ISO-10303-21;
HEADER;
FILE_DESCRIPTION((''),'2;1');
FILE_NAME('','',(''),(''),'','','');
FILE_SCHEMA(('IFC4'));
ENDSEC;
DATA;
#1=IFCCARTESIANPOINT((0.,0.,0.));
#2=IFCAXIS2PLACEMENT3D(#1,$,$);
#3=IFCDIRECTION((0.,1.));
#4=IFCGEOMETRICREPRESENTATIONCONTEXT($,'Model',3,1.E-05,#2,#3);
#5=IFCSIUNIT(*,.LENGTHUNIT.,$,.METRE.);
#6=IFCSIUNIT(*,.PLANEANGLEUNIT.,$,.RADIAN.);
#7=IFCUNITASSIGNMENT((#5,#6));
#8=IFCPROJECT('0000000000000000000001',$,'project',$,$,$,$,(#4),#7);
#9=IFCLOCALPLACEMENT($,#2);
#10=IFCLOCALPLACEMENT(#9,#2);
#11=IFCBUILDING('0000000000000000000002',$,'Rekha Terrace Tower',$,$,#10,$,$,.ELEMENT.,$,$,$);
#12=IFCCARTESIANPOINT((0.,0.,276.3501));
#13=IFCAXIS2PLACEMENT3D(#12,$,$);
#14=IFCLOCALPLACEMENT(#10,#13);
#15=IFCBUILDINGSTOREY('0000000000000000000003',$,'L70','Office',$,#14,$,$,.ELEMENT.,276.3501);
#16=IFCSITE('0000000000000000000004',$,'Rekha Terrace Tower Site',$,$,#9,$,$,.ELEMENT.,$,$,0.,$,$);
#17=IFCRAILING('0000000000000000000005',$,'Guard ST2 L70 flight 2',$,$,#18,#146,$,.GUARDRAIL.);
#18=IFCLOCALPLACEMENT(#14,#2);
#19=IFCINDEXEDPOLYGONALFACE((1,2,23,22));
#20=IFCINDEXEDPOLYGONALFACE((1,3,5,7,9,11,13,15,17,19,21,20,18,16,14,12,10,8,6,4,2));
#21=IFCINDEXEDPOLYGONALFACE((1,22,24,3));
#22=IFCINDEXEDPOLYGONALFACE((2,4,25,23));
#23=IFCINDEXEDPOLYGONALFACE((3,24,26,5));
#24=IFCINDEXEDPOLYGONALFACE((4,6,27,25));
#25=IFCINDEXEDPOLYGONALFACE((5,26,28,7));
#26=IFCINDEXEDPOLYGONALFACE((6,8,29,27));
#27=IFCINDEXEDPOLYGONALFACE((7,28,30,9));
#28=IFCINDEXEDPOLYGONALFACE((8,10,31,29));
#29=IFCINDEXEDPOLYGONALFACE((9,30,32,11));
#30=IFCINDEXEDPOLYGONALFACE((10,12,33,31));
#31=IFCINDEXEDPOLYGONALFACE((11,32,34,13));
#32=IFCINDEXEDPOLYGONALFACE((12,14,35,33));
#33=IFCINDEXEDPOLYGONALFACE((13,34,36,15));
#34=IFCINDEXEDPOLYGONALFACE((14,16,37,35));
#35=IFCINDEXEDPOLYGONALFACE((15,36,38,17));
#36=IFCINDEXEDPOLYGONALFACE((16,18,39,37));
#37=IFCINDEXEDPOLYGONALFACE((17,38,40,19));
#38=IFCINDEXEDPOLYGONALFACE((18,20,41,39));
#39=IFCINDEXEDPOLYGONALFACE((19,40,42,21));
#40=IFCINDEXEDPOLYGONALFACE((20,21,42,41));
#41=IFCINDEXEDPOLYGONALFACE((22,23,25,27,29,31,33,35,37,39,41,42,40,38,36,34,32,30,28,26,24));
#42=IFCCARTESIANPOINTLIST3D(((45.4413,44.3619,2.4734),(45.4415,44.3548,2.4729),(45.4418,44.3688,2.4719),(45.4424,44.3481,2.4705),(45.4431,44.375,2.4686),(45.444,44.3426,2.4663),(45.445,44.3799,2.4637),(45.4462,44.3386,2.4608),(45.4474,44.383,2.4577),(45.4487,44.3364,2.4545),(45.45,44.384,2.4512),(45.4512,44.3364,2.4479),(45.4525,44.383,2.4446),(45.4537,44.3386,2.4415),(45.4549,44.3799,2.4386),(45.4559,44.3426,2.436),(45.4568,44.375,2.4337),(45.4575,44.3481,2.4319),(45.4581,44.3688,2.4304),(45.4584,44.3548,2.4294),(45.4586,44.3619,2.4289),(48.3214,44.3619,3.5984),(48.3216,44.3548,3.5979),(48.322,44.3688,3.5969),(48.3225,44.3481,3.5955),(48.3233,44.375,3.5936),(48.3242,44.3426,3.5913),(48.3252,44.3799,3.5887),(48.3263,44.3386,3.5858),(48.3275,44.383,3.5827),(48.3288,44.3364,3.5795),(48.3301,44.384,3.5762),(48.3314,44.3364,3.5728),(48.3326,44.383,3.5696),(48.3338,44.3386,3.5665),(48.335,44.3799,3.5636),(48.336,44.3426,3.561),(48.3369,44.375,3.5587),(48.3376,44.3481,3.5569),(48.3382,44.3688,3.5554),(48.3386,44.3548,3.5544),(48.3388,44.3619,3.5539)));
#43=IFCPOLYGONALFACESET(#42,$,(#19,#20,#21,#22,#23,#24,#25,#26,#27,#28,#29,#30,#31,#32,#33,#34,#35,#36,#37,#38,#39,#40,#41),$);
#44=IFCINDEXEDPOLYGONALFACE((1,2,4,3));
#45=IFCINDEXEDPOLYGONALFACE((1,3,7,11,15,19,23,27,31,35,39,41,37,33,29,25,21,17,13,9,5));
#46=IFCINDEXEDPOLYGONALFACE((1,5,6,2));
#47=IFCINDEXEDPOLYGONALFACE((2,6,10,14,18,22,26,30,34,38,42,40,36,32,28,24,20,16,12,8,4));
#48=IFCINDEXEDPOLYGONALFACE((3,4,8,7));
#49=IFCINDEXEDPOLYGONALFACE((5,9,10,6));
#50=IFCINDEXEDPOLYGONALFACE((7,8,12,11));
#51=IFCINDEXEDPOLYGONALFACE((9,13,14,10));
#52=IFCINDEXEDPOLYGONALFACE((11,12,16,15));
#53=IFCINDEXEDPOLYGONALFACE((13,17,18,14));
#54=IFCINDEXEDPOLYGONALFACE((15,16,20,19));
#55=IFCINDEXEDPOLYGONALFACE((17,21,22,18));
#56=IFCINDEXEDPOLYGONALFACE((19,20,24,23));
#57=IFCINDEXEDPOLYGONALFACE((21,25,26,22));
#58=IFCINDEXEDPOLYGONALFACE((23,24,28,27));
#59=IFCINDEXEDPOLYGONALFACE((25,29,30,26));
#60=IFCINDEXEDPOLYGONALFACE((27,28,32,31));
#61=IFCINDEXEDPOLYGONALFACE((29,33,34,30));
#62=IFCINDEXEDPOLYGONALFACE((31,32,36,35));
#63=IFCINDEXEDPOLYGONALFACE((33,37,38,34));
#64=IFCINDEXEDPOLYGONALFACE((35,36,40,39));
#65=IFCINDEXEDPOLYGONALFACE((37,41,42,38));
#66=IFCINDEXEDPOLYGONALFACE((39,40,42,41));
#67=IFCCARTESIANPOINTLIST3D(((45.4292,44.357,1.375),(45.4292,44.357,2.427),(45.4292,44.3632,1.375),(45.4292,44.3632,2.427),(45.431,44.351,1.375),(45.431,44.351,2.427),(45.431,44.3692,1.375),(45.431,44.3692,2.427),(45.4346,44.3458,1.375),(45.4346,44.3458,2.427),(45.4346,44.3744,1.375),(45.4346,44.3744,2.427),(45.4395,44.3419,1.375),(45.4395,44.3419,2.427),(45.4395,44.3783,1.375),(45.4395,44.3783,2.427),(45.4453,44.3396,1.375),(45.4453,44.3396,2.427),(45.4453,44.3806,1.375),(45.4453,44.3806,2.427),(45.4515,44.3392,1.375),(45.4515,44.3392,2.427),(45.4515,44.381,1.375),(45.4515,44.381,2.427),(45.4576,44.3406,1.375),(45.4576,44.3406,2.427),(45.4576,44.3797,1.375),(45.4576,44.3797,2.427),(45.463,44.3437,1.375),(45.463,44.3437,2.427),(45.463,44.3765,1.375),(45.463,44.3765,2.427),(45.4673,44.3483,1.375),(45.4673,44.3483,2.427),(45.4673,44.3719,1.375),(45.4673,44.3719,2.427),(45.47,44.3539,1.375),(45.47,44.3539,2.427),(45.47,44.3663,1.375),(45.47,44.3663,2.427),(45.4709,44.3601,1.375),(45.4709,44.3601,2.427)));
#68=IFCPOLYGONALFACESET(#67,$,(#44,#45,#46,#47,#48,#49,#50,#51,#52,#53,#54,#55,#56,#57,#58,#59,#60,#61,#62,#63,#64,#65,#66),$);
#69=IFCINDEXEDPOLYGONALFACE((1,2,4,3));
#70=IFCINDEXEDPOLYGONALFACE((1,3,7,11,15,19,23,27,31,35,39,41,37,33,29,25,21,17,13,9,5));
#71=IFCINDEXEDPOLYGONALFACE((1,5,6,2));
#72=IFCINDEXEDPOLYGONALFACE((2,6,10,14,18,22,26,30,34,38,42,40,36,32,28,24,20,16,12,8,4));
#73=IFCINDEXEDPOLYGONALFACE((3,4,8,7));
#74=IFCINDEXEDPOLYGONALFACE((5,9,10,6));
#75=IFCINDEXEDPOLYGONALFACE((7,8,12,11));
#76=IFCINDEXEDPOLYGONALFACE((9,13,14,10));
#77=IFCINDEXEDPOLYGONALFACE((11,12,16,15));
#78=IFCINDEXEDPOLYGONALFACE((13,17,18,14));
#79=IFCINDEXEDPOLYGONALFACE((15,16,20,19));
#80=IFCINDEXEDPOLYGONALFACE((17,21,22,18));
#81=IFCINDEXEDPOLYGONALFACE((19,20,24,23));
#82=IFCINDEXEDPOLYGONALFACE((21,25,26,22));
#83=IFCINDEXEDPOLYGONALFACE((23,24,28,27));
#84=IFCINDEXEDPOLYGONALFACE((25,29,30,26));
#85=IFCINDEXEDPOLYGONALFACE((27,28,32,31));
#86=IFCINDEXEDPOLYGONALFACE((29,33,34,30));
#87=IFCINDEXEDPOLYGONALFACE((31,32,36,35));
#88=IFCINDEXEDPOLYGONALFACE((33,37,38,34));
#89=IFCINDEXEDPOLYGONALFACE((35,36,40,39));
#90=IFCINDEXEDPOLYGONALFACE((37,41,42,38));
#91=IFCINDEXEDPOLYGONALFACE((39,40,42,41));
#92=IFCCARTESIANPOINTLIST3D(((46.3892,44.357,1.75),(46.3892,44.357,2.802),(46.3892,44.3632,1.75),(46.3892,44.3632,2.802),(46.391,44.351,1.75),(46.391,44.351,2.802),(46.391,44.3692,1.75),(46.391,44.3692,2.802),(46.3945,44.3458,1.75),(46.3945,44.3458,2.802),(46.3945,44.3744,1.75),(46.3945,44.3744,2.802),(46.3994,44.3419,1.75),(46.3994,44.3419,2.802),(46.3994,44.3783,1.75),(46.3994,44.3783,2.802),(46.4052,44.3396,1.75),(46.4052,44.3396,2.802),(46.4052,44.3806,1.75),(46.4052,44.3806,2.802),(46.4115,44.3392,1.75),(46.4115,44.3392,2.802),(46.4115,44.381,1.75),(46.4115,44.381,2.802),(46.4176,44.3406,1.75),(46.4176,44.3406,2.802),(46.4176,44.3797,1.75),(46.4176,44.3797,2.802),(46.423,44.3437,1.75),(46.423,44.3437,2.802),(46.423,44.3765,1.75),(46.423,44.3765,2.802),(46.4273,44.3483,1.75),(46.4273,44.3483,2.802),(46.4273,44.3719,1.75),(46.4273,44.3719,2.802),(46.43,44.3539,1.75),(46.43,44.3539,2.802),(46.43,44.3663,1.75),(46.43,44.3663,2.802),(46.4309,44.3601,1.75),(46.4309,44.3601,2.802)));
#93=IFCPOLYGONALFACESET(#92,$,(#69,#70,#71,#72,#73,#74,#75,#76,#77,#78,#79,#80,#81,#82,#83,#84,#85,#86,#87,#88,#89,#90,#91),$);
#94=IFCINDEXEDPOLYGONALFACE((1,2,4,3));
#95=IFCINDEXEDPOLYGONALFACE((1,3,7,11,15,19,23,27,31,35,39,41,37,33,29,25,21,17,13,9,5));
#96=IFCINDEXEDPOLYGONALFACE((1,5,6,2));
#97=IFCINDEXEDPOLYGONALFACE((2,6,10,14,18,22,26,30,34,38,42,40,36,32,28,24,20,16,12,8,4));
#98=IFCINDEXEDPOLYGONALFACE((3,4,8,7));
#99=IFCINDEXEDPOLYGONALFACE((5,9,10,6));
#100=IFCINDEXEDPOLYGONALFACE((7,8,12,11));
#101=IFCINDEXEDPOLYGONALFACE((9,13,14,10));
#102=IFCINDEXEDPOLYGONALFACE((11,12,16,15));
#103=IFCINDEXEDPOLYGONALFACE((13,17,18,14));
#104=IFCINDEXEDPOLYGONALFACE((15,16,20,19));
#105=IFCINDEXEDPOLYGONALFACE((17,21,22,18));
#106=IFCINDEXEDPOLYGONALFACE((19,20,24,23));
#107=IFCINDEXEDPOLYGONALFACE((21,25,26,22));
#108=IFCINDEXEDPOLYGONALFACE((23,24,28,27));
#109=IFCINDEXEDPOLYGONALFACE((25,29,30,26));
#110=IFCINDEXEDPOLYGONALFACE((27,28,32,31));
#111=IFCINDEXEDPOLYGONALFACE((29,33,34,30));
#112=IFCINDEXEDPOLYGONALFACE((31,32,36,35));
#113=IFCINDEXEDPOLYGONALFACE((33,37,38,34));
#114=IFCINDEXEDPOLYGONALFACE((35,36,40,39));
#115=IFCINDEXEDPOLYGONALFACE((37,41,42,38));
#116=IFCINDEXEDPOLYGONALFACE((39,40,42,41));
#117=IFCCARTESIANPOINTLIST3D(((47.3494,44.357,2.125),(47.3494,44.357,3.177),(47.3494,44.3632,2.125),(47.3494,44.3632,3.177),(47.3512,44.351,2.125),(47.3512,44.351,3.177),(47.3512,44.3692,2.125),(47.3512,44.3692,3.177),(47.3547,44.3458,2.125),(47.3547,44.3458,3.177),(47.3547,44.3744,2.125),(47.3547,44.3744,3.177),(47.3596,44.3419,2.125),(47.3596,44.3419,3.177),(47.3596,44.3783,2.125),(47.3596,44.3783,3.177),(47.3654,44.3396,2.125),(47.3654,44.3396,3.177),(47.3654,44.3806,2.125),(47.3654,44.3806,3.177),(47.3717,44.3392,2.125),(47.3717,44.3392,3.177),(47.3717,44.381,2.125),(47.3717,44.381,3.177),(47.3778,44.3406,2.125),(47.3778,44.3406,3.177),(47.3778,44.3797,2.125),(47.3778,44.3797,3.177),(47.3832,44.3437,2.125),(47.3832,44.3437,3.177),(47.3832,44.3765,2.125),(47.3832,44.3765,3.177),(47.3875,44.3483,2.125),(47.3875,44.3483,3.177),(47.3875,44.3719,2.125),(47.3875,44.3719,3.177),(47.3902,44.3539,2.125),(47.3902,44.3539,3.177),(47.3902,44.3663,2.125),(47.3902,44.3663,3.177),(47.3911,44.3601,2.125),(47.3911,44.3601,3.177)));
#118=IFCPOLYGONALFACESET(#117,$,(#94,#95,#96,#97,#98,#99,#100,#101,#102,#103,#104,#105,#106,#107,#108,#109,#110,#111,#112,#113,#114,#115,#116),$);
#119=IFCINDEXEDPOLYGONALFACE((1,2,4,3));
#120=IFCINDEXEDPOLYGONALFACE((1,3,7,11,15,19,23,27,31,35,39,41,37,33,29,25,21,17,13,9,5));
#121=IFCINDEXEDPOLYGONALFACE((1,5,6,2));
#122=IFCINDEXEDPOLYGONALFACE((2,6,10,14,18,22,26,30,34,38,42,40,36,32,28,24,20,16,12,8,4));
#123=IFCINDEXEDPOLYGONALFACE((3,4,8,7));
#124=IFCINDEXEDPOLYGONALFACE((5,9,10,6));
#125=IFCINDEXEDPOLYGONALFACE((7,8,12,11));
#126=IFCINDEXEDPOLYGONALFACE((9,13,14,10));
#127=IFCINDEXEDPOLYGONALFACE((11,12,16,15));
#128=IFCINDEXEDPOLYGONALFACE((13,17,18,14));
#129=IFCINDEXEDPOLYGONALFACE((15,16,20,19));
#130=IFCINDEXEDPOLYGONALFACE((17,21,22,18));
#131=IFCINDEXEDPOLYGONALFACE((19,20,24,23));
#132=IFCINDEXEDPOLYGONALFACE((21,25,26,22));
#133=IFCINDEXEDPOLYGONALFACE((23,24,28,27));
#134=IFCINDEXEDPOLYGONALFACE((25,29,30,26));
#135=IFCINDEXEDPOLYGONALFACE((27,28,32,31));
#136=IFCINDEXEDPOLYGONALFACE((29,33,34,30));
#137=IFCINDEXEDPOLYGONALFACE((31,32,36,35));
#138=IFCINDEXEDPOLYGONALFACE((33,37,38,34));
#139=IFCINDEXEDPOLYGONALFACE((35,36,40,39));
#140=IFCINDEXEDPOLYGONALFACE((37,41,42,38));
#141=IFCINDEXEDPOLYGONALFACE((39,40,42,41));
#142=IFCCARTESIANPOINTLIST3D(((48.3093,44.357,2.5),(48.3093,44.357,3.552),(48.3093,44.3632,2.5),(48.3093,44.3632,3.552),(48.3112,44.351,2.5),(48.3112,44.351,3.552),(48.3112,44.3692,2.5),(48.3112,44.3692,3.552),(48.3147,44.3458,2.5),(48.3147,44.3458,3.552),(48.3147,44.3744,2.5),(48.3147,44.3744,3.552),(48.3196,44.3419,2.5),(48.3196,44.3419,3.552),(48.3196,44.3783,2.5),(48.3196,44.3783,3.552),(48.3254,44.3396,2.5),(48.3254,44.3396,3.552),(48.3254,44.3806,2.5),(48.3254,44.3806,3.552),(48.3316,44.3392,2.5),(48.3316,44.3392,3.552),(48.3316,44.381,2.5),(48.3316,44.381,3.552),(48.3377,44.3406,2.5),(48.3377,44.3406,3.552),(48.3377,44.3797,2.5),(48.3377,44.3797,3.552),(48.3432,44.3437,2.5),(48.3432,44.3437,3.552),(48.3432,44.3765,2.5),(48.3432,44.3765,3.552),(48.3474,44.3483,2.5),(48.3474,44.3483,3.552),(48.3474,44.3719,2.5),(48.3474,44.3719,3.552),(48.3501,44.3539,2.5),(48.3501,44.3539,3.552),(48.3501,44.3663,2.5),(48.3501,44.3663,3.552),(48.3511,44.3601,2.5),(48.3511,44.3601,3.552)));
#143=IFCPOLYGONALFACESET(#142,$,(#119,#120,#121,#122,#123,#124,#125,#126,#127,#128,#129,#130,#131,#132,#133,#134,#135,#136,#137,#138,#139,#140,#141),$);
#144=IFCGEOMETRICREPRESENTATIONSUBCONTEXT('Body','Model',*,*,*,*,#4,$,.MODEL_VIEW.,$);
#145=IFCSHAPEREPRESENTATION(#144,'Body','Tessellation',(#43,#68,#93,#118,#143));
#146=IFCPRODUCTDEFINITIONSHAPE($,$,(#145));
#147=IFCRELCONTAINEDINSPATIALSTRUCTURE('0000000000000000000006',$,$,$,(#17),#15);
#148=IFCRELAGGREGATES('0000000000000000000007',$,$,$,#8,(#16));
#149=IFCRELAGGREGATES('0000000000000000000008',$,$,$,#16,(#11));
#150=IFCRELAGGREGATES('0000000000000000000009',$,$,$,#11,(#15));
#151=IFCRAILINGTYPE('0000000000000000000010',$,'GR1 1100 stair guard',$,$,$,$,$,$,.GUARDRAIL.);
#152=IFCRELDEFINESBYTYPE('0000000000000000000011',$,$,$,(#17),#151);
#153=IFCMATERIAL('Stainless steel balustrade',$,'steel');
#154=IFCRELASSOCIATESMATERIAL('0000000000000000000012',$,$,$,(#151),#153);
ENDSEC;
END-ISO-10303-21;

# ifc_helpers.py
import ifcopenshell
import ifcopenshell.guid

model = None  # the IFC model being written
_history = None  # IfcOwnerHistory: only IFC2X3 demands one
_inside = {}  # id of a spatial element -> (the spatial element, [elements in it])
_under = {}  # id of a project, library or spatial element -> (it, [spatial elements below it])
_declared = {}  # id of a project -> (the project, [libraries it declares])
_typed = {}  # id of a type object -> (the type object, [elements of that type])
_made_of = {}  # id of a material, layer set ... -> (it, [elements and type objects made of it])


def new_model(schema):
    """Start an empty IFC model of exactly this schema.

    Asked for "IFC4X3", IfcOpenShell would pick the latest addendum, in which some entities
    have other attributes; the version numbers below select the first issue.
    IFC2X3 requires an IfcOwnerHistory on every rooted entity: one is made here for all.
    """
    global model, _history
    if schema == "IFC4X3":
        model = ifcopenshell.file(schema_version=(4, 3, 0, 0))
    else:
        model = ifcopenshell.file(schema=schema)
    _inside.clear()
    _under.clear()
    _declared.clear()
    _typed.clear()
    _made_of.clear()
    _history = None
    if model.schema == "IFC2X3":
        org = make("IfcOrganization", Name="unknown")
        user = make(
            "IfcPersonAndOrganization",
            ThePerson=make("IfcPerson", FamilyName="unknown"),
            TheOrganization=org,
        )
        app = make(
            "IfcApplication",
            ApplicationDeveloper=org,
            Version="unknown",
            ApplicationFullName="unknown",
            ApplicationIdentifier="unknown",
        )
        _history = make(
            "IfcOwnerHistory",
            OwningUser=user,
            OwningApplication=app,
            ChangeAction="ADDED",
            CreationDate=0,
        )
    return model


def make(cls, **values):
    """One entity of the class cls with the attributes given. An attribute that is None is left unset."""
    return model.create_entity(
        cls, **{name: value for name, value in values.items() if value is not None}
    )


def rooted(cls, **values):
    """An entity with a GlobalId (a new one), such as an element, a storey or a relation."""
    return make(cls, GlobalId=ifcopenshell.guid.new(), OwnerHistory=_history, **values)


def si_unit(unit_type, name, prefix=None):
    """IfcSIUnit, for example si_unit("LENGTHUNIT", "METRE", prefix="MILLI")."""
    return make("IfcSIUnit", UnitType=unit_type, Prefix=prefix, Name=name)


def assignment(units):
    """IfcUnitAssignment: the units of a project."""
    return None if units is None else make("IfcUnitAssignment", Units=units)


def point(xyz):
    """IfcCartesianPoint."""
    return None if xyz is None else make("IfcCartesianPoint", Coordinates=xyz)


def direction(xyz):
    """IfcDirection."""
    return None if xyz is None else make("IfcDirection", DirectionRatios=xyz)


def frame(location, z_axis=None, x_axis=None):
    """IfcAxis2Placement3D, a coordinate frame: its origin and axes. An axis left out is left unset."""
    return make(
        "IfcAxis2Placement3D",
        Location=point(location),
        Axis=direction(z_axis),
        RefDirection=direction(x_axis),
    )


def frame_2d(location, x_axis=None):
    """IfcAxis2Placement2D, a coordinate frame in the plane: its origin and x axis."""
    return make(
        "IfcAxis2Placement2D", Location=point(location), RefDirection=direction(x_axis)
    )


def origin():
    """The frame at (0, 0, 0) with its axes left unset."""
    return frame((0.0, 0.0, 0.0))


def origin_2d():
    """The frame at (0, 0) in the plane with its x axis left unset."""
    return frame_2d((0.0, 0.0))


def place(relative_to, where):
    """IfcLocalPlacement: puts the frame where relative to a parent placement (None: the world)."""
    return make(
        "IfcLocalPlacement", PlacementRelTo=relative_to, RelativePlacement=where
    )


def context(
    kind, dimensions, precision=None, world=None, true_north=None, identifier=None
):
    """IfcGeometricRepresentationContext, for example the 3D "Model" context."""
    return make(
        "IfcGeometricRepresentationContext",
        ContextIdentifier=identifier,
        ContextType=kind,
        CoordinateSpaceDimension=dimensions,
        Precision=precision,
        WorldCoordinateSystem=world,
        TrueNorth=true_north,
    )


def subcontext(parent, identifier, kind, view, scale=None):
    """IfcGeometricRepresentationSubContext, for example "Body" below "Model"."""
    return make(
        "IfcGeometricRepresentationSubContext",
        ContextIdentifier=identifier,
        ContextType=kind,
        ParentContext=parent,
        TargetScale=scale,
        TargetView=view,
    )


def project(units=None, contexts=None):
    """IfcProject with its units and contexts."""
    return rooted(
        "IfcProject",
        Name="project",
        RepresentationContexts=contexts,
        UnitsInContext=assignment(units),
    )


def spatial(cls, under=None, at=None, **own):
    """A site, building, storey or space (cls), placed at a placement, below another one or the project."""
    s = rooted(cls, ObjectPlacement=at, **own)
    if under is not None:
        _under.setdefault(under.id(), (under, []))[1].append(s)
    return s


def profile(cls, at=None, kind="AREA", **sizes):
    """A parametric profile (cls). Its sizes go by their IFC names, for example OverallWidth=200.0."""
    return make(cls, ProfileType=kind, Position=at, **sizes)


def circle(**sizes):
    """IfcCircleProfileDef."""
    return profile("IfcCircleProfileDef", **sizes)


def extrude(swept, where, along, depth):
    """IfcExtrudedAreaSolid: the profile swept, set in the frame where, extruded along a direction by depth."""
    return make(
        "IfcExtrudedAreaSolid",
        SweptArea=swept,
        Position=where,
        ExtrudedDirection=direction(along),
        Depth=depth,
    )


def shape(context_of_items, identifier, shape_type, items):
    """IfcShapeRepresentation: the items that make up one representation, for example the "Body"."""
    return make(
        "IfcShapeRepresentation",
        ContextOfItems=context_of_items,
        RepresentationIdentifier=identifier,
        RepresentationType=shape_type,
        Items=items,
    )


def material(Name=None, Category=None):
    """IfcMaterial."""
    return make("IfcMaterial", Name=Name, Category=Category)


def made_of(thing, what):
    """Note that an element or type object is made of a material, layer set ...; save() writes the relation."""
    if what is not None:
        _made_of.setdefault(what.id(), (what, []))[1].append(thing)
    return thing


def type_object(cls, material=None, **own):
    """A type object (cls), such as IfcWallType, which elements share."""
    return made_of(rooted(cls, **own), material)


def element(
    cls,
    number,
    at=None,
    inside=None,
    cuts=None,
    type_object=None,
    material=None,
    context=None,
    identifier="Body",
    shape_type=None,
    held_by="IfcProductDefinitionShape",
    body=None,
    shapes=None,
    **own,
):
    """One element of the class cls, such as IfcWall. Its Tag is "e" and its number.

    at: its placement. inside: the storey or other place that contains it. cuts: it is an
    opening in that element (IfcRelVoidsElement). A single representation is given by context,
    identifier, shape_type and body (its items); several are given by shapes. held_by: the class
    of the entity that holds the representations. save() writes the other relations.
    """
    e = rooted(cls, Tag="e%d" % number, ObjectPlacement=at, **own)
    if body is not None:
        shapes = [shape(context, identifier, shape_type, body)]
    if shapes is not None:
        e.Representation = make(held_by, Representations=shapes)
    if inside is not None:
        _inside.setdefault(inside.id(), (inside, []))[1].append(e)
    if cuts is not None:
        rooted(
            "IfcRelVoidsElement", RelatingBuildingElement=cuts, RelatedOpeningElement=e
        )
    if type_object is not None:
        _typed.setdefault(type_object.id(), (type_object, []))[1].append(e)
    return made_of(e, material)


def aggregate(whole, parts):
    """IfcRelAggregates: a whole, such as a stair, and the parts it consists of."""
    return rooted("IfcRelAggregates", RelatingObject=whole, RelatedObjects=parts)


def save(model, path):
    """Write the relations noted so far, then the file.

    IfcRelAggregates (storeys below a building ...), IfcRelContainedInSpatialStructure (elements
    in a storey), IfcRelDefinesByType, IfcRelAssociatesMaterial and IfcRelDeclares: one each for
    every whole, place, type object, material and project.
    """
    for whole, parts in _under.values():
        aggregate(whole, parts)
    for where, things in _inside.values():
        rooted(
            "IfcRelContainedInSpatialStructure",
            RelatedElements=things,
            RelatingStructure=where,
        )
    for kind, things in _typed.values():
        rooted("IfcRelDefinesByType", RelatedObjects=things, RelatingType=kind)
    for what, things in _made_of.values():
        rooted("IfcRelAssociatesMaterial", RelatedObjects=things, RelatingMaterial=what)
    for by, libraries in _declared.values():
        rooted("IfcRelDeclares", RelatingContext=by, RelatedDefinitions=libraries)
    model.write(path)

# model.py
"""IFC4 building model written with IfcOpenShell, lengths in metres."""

from ifc_helpers import new_model, si_unit, direction, frame, origin, origin_2d, place, context, subcontext, project, spatial, circle, extrude, material, type_object, element, save


model = new_model("IFC4")

# Units and contexts
model_context = context("Model", 3, precision=1e-05, world=origin(), true_north=direction((0.0, 1.0)))
body_context = subcontext(model_context, "Body", "Model", "MODEL_VIEW")
ifc_project = project(units=[si_unit("LENGTHUNIT", "METRE"), si_unit("PLANEANGLEUNIT", "RADIAN")], contexts=[model_context])

# Site, building, storey
site_placement = place(None, origin())
site = spatial("IfcSite", under=ifc_project, at=site_placement, Name="Rekha Terrace Tower Site", CompositionType="ELEMENT", RefElevation=0.0)
building_placement = place(site_placement, origin())
building = spatial("IfcBuilding", under=site, at=building_placement, Name="Rekha Terrace Tower", CompositionType="ELEMENT")
storey_placement = place(building_placement, frame((0.0, 0.0, 276.3501)))
storey = spatial("IfcBuildingStorey", under=building, at=storey_placement, Name="L70", Description="Office", CompositionType="ELEMENT", Elevation=276.3501)

# Railing
ifc_material_1 = material(Name="Stainless steel balustrade", Category="steel")
railing_type = type_object("IfcRailingType", Name="GR1 1100 stair guard", PredefinedType="GUARDRAIL", material=ifc_material_1)
railing_placement = place(storey_placement, frame((45.45, 44.3601, 1.375)))
element("IfcRailing", 1, at=railing_placement, inside=storey, type_object=railing_type, Name="Guard ST2 L70 flight 2", PredefinedType="GUARDRAIL", context=body_context, shape_type="SweptSolid", body=[
    extrude(circle(Radius=0.0239, at=origin_2d()), frame((0.0, 0.0, 1.0762), z_axis=(0.931463, 0.0, 0.363837), x_axis=(0.0, 1.0, 0.0)), (0.0, 0.0, 1.0), 3.092),
    extrude(circle(Radius=0.021, at=origin_2d()), origin(), (0.0, 0.0, 1.0), 1.052),
    extrude(circle(Radius=0.021, at=origin_2d()), frame((0.96, 0.0, 0.375)), (0.0, 0.0, 1.0), 1.052),
    extrude(circle(Radius=0.021, at=origin_2d()), frame((1.9202, 0.0, 0.75)), (0.0, 0.0, 1.0), 1.052),
    extrude(circle(Radius=0.021, at=origin_2d()), frame((2.8801, 0.0, 1.125)), (0.0, 0.0, 1.0), 1.052),
])

save(model, "model.ifc")
